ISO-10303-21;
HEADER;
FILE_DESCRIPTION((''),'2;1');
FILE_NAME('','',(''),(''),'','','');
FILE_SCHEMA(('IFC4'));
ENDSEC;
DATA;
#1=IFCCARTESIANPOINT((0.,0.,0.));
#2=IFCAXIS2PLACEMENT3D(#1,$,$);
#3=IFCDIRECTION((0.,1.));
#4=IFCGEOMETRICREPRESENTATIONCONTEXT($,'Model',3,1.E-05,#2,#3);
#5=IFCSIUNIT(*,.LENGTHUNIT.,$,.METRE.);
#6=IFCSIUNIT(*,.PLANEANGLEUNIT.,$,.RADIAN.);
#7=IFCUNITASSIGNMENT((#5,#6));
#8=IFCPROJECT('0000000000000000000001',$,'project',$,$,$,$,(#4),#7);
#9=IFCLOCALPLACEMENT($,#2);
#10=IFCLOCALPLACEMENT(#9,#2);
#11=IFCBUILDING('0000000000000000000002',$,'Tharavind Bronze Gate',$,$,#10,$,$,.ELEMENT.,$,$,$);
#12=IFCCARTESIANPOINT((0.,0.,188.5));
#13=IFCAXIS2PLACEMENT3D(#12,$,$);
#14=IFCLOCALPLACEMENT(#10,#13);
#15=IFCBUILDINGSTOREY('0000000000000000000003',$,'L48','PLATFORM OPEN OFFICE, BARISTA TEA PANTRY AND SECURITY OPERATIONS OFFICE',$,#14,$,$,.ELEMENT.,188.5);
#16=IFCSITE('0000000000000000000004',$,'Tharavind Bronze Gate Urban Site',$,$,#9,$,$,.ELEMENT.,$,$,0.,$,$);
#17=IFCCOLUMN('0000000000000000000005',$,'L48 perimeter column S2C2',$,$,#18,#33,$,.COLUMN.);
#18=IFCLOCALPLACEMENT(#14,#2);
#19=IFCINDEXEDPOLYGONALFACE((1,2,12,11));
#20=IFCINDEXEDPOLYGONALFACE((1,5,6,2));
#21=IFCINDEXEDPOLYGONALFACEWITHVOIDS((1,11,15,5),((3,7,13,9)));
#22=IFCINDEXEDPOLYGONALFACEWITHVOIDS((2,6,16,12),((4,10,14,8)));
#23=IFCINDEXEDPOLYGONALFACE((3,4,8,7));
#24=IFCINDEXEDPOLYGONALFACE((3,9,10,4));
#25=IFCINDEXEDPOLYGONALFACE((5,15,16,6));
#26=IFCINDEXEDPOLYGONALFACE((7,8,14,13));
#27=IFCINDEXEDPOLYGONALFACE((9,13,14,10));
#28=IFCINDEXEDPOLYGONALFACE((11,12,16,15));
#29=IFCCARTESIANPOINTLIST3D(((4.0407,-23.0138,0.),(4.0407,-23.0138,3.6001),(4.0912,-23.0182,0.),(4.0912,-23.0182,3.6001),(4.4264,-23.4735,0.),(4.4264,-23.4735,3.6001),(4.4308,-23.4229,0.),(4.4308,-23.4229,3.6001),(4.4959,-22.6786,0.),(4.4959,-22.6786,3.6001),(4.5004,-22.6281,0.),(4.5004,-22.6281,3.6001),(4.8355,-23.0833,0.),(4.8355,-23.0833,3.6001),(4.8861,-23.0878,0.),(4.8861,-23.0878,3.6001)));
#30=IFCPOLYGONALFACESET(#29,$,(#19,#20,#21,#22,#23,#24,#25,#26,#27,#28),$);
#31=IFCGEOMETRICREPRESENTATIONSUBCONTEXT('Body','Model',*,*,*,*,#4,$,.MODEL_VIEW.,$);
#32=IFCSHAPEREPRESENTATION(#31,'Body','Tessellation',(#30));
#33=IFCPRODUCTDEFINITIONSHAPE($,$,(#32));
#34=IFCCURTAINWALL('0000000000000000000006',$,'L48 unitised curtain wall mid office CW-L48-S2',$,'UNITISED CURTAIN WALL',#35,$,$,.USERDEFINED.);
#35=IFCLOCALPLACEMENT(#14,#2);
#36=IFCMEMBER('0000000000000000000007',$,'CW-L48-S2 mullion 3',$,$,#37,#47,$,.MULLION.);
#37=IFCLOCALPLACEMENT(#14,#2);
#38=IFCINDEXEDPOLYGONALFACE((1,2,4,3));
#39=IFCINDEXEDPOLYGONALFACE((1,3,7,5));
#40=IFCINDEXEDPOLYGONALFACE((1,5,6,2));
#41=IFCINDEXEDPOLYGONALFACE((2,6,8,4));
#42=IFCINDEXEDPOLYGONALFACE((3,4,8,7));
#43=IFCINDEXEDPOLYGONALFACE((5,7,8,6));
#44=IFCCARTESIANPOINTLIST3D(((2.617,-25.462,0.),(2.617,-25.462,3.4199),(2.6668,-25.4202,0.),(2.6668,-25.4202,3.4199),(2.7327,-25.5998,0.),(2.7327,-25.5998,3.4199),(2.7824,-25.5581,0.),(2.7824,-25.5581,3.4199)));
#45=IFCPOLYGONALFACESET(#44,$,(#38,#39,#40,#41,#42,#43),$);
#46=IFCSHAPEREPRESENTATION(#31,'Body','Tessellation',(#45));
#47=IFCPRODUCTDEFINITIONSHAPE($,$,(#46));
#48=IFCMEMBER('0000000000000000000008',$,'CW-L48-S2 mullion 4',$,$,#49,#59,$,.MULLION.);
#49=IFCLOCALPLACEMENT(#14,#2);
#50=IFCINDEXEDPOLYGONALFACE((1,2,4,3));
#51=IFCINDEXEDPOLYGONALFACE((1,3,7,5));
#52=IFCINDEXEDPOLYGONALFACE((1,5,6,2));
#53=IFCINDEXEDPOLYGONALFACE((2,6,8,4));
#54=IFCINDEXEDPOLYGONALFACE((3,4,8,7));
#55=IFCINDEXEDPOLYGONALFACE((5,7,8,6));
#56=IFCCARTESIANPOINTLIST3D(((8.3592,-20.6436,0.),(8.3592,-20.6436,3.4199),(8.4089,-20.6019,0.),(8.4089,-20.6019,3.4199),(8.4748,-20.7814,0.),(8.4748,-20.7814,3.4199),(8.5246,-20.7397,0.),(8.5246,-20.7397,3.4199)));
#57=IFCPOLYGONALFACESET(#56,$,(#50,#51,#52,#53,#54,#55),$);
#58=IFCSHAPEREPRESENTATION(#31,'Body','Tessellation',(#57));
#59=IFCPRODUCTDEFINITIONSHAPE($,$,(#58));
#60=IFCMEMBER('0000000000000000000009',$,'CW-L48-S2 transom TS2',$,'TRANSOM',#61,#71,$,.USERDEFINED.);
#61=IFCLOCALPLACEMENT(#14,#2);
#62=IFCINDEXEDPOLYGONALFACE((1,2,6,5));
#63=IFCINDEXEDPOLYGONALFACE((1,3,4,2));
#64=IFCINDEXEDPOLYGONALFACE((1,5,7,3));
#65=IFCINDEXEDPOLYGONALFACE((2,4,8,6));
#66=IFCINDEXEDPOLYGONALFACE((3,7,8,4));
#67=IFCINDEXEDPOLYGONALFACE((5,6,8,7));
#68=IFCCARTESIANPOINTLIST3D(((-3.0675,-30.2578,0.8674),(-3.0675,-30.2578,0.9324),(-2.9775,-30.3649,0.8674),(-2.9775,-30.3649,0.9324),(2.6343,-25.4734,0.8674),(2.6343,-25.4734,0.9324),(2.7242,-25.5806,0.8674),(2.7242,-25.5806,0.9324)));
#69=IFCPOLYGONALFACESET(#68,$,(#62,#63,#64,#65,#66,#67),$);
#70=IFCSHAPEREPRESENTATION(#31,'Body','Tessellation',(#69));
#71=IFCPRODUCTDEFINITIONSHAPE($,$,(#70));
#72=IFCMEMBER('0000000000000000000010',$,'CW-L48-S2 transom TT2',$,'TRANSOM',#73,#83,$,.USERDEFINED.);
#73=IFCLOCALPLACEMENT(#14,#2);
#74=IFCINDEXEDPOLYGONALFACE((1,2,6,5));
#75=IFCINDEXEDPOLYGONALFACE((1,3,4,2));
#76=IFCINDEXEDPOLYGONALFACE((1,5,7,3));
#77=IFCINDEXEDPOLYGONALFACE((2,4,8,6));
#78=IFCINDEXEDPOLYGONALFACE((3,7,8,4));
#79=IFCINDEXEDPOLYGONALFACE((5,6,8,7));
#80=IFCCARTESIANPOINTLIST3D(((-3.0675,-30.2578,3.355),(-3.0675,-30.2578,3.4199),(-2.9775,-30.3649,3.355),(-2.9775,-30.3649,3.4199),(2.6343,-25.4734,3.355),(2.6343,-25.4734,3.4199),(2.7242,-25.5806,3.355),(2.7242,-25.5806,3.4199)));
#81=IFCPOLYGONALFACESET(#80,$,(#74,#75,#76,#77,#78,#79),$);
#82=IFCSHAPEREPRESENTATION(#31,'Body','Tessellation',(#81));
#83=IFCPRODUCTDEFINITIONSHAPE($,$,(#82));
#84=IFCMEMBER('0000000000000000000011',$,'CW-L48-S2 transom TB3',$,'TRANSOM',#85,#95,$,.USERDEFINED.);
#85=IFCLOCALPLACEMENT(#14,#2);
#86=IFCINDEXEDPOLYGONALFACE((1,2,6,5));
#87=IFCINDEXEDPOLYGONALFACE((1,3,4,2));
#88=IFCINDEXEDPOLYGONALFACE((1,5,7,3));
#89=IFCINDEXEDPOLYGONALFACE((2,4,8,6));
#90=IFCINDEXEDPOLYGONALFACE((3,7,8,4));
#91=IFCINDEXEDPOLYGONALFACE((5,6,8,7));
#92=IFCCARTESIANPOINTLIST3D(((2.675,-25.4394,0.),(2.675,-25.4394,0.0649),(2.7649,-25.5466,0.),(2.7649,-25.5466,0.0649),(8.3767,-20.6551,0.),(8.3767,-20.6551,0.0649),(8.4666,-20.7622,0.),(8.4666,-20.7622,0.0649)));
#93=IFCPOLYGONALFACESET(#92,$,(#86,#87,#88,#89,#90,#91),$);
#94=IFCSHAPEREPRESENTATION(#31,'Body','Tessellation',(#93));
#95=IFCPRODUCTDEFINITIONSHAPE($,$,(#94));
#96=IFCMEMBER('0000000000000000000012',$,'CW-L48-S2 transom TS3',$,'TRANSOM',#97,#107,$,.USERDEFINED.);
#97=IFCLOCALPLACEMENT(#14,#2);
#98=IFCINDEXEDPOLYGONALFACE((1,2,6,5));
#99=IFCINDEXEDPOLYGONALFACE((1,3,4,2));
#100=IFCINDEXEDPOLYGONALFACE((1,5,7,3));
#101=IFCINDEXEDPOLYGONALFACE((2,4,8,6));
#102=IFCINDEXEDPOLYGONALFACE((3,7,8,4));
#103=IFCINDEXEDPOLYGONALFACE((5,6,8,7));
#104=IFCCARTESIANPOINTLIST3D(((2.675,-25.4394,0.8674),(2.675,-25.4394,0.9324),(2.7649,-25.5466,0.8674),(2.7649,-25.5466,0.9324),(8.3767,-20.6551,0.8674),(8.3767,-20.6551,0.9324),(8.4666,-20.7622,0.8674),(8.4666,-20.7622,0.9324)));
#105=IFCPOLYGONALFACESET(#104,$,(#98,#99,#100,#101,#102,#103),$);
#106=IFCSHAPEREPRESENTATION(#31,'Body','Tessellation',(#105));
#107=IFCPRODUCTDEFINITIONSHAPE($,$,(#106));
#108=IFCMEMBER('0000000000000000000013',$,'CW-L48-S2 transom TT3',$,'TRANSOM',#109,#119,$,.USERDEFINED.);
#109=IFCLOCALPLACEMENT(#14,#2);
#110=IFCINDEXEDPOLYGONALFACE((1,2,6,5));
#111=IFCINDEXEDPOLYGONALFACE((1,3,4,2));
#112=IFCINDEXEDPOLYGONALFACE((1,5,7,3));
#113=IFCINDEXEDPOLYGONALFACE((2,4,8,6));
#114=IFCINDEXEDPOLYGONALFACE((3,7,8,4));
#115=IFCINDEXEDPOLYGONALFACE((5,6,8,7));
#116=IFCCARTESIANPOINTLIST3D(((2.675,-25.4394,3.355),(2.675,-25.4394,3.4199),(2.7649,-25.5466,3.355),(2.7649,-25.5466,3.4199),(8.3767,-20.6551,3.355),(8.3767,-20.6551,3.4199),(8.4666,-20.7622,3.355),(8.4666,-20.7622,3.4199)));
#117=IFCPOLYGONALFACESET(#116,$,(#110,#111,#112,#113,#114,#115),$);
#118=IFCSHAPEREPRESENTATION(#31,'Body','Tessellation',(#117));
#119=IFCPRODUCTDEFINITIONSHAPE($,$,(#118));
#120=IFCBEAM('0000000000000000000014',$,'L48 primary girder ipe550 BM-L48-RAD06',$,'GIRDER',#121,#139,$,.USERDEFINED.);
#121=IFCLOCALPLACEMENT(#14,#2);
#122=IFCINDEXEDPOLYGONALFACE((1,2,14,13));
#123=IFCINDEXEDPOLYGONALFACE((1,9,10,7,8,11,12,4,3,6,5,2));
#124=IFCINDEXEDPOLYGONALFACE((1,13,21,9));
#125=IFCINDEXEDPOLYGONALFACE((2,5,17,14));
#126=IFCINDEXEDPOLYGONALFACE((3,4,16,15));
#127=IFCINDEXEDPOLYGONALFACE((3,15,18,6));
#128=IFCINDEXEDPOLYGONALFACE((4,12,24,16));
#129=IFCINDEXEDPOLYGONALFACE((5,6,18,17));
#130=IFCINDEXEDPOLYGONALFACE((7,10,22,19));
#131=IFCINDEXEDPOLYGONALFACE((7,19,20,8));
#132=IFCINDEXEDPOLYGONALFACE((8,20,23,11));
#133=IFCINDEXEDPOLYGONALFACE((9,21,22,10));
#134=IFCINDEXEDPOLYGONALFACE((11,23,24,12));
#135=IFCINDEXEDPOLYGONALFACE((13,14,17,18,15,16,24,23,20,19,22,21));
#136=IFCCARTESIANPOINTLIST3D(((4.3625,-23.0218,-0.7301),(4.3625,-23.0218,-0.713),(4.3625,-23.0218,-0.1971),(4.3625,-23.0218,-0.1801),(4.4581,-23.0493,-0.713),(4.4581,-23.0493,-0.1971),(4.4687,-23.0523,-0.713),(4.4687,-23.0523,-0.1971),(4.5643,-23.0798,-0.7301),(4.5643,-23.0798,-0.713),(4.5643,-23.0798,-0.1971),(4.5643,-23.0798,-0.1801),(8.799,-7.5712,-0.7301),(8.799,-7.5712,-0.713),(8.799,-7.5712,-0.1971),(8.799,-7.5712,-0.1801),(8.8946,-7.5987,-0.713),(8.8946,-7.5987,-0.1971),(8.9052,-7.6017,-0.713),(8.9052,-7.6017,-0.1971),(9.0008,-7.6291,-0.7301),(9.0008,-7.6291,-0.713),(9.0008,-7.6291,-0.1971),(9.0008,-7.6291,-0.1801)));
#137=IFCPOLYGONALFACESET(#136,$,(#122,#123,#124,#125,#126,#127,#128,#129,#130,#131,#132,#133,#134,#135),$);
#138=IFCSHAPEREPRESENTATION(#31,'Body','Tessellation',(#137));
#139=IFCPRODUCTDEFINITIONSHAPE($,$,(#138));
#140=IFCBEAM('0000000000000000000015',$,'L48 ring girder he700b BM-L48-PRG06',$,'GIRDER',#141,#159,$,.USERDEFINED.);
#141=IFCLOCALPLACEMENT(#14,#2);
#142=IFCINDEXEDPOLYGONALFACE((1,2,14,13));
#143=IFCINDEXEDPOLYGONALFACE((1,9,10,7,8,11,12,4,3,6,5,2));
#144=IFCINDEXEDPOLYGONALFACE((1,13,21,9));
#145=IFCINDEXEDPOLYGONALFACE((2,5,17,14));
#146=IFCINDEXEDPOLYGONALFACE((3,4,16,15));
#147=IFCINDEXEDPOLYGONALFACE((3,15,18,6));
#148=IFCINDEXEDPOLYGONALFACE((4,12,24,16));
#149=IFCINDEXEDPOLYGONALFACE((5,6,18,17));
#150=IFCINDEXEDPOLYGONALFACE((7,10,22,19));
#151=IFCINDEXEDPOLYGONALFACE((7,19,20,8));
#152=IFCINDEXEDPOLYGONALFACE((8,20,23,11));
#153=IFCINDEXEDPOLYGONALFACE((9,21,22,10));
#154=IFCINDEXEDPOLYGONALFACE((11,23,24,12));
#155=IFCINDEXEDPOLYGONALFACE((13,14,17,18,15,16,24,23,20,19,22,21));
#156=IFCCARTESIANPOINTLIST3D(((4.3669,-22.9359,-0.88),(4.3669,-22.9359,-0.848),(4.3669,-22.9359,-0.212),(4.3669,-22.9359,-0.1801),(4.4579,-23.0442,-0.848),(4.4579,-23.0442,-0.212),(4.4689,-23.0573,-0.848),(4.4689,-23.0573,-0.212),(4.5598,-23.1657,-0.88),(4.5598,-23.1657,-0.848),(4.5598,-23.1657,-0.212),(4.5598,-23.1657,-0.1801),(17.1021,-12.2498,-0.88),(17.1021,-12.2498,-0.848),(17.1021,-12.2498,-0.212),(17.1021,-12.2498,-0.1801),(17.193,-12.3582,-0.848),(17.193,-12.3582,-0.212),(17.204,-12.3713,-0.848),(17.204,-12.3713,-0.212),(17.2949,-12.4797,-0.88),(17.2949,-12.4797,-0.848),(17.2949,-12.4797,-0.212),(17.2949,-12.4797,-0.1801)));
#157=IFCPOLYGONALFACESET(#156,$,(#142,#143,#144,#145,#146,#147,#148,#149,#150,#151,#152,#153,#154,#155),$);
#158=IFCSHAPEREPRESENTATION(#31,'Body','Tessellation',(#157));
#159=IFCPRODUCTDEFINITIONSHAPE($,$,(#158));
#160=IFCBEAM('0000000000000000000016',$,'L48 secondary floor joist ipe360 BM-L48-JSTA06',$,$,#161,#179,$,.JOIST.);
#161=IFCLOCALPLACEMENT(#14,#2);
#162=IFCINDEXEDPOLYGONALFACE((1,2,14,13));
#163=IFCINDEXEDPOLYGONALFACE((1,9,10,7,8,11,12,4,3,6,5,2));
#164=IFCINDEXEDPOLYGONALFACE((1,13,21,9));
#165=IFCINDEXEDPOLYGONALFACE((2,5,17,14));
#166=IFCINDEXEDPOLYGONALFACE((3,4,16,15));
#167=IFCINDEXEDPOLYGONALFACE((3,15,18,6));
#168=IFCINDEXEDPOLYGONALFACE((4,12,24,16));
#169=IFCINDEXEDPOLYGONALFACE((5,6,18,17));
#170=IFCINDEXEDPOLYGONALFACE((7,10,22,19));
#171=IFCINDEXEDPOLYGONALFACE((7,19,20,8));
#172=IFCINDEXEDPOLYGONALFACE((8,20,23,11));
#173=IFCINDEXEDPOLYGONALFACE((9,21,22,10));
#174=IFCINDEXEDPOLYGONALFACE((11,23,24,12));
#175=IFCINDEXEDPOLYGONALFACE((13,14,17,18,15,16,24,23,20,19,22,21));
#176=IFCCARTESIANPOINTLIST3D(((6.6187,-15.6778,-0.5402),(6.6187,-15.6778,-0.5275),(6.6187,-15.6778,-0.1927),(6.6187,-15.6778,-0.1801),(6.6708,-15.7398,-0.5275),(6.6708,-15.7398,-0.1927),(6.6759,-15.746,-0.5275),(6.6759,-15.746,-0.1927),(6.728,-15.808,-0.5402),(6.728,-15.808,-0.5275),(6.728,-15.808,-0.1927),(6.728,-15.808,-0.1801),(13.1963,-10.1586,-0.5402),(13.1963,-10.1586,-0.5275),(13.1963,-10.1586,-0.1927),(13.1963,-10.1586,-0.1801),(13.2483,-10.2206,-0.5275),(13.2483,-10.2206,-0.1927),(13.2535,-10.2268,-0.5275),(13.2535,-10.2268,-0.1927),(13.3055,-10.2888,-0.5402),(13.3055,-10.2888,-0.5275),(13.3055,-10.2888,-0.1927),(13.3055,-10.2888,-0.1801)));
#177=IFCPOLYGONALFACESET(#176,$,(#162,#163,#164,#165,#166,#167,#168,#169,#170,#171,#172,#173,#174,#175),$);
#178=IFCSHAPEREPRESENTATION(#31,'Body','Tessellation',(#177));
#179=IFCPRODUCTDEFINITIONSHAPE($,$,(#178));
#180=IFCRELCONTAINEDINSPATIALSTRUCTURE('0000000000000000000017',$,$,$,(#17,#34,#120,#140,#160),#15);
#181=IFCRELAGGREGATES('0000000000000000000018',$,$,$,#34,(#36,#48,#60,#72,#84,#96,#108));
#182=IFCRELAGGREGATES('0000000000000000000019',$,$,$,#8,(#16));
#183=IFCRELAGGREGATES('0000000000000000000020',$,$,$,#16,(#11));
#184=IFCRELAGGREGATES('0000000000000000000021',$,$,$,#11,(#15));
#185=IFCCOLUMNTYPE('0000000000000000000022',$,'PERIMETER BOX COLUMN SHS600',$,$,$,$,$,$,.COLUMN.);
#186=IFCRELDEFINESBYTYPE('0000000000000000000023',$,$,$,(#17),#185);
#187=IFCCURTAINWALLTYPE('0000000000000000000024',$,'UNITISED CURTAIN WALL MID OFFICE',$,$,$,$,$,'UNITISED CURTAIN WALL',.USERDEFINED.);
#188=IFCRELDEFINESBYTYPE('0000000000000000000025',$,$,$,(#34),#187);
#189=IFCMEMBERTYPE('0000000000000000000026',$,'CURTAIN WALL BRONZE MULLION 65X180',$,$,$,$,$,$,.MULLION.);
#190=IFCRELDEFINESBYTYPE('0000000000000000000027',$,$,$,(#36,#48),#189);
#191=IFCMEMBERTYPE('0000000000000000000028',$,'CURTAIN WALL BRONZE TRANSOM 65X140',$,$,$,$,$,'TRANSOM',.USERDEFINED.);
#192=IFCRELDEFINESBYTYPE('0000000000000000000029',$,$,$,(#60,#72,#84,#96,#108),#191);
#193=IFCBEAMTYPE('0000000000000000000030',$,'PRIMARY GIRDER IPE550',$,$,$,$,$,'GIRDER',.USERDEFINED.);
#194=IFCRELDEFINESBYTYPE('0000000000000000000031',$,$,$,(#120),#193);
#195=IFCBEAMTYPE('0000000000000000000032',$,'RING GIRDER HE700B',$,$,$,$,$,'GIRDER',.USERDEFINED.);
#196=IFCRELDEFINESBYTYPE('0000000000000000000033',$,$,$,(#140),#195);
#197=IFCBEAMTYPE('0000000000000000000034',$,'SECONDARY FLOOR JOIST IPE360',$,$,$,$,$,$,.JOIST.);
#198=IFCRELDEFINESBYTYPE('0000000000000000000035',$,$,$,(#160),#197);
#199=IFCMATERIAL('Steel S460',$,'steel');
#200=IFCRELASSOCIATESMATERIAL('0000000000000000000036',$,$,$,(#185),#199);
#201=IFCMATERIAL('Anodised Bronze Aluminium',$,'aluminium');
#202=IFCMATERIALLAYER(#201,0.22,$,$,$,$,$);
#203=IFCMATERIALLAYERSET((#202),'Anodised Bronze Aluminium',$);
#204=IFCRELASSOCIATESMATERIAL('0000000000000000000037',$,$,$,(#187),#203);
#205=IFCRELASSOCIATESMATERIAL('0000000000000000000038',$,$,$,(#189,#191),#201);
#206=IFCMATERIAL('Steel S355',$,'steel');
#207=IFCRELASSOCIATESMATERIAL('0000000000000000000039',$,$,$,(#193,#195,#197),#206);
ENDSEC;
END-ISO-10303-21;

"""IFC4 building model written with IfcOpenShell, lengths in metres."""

from ifc_helpers import new_model, si_unit, direction, frame, origin, origin_2d, place, context, subcontext, project, spatial, rectangle, hollow_rectangle, i_section, extrude, material, layer, layer_set, material_profile, profile_set, type_object, element, aggregate, save


model = new_model("IFC4")

# Units and contexts
model_context = context("Model", 3, precision=1e-05, world=origin(), true_north=direction((0.0, 1.0)))
body_context = subcontext(model_context, "Body", "Model", "MODEL_VIEW")
ifc_project = project(units=[si_unit("LENGTHUNIT", "METRE"), si_unit("PLANEANGLEUNIT", "RADIAN")], contexts=[model_context])

# Site, building, storey
site_placement = place(None, origin())
site = spatial("IfcSite", under=ifc_project, at=site_placement, Name="Tharavind Bronze Gate Urban Site", CompositionType="ELEMENT", RefElevation=0.0)
building_placement = place(site_placement, origin())
building = spatial("IfcBuilding", under=site, at=building_placement, Name="Tharavind Bronze Gate", CompositionType="ELEMENT")
storey_placement = place(building_placement, frame((0.0, 0.0, 188.5)))
storey = spatial("IfcBuildingStorey", under=building, at=storey_placement, Name="L48", Description="PLATFORM OPEN OFFICE, BARISTA TEA PANTRY AND SECURITY OPERATIONS OFFICE", CompositionType="ELEMENT", Elevation=188.5)

# Column
ifc_material_1 = material(Name="Steel S460", Category="steel")
ifc_material_profile_1 = material_profile(ifc_material_1, hollow_rectangle(XDim=0.6001, YDim=0.6001, WallThickness=0.0359, at=origin_2d()), Name="SHS600X36")
ifc_profile_set_1 = profile_set([ifc_material_profile_1], Name="Steel S460")
column_type = type_object("IfcColumnType", Name="PERIMETER BOX COLUMN SHS600", PredefinedType="COLUMN", material=ifc_profile_set_1)
column_placement = place(storey_placement, frame((4.4634, -23.0508, 0.0), z_axis=(0.0, 0.0, 1.0), x_axis=(0.766043, 0.642789, 0.0)))
element("IfcColumn", 1, at=column_placement, inside=storey, type_object=column_type, Name="L48 perimeter column S2C2", PredefinedType="COLUMN", context=body_context, shape_type="SweptSolid", body=[
    extrude(hollow_rectangle(XDim=0.6001, YDim=0.6001, WallThickness=0.0359, at=origin_2d()), origin(), (0.0, 0.0, 1.0), 3.6001),
])

# Curtain wall, members
ifc_material_2 = material(Name="Anodised Bronze Aluminium", Category="aluminium")
ifc_layer_1 = layer(ifc_material_2, 0.22)
ifc_layer_set_1 = layer_set([ifc_layer_1], Name="Anodised Bronze Aluminium")
curtain_wall_type = type_object("IfcCurtainWallType", Name="UNITISED CURTAIN WALL MID OFFICE", ElementType="UNITISED CURTAIN WALL", PredefinedType="USERDEFINED", material=ifc_layer_set_1)
curtain_wall_placement = place(storey_placement, origin())
curtain_wall = element("IfcCurtainWall", 2, at=curtain_wall_placement, inside=storey, type_object=curtain_wall_type, Name="L48 unitised curtain wall mid office CW-L48-S2", ObjectType="UNITISED CURTAIN WALL", PredefinedType="USERDEFINED")
member_type_1 = type_object("IfcMemberType", Name="CURTAIN WALL BRONZE MULLION 65X180", PredefinedType="MULLION", material=ifc_material_2)
member_1_placement = place(storey_placement, frame((2.6997, -25.51, 0.0), z_axis=(0.0, 0.0, 1.0), x_axis=(0.766043, 0.642789, 0.0)))
member_1 = element("IfcMember", 3, at=member_1_placement, type_object=member_type_1, Name="CW-L48-S2 mullion 3", PredefinedType="MULLION", context=body_context, shape_type="SweptSolid", body=[
    extrude(rectangle(XDim=0.0649, YDim=0.1799, at=origin_2d()), origin(), (0.0, 0.0, 1.0), 3.4199),
])
member_2_placement = place(storey_placement, frame((8.4419, -20.6917, 0.0), z_axis=(0.0, 0.0, 1.0), x_axis=(0.766043, 0.642789, 0.0)))
member_2 = element("IfcMember", 4, at=member_2_placement, type_object=member_type_1, Name="CW-L48-S2 mullion 4", PredefinedType="MULLION", context=body_context, shape_type="SweptSolid", body=[
    extrude(rectangle(XDim=0.0649, YDim=0.1799, at=origin_2d()), origin(), (0.0, 0.0, 1.0), 3.4199),
])
member_type_2 = type_object("IfcMemberType", Name="CURTAIN WALL BRONZE TRANSOM 65X140", ElementType="TRANSOM", PredefinedType="USERDEFINED", material=ifc_material_2)
member_3_placement = place(storey_placement, frame((-0.1716, -27.9192, 0.8674), z_axis=(0.0, 0.0, 1.0), x_axis=(0.766043, 0.642789, 0.0)))
member_3 = element("IfcMember", 5, at=member_3_placement, type_object=member_type_2, Name="CW-L48-S2 transom TS2", ObjectType="TRANSOM", PredefinedType="USERDEFINED", context=body_context, shape_type="SweptSolid", body=[
    extrude(rectangle(XDim=7.4431, YDim=0.1399, at=origin_2d()), origin(), (0.0, 0.0, 1.0), 0.0649),
])
member_4_placement = place(storey_placement, frame((-0.1716, -27.9192, 3.355), z_axis=(0.0, 0.0, 1.0), x_axis=(0.766043, 0.642789, 0.0)))
member_4 = element("IfcMember", 6, at=member_4_placement, type_object=member_type_2, Name="CW-L48-S2 transom TT2", ObjectType="TRANSOM", PredefinedType="USERDEFINED", context=body_context, shape_type="SweptSolid", body=[
    extrude(rectangle(XDim=7.4431, YDim=0.1399, at=origin_2d()), origin(), (0.0, 0.0, 1.0), 0.0649),
])
member_5_placement = place(storey_placement, frame((5.5708, -23.1008, 0.0), z_axis=(0.0, 0.0, 1.0), x_axis=(0.766043, 0.642789, 0.0)))
member_5 = element("IfcMember", 7, at=member_5_placement, type_object=member_type_2, Name="CW-L48-S2 transom TB3", ObjectType="TRANSOM", PredefinedType="USERDEFINED", context=body_context, shape_type="SweptSolid", body=[
    extrude(rectangle(XDim=7.4431, YDim=0.1399, at=origin_2d()), origin(), (0.0, 0.0, 1.0), 0.0649),
])
member_6_placement = place(storey_placement, frame((5.5708, -23.1008, 0.8674), z_axis=(0.0, 0.0, 1.0), x_axis=(0.766043, 0.642789, 0.0)))
member_6 = element("IfcMember", 8, at=member_6_placement, type_object=member_type_2, Name="CW-L48-S2 transom TS3", ObjectType="TRANSOM", PredefinedType="USERDEFINED", context=body_context, shape_type="SweptSolid", body=[
    extrude(rectangle(XDim=7.4431, YDim=0.1399, at=origin_2d()), origin(), (0.0, 0.0, 1.0), 0.0649),
])
member_7_placement = place(storey_placement, frame((5.5708, -23.1008, 3.355), z_axis=(0.0, 0.0, 1.0), x_axis=(0.766043, 0.642789, 0.0)))
member_7 = element("IfcMember", 9, at=member_7_placement, type_object=member_type_2, Name="CW-L48-S2 transom TT3", ObjectType="TRANSOM", PredefinedType="USERDEFINED", context=body_context, shape_type="SweptSolid", body=[
    extrude(rectangle(XDim=7.4431, YDim=0.1399, at=origin_2d()), origin(), (0.0, 0.0, 1.0), 0.0649),
])

# Beams
ifc_material_3 = material(Name="Steel S355", Category="steel")
ifc_material_profile_2 = material_profile(ifc_material_3, i_section(OverallWidth=0.21, OverallDepth=0.55, WebThickness=0.011, FlangeThickness=0.0171, at=origin_2d()), Name="IPE550")
ifc_profile_set_2 = profile_set([ifc_material_profile_2], Name="Steel S355")
beam_type_1 = type_object("IfcBeamType", Name="PRIMARY GIRDER IPE550", ElementType="GIRDER", PredefinedType="USERDEFINED", material=ifc_profile_set_2)
beam_1_placement = place(storey_placement, frame((4.4634, -23.0508, -0.4551), z_axis=(0.275989, 0.961161, 0.0), x_axis=(-0.961161, 0.275989, 0.0)))
element("IfcBeam", 10, at=beam_1_placement, inside=storey, type_object=beam_type_1, Name="L48 primary girder ipe550 BM-L48-RAD06", ObjectType="GIRDER", PredefinedType="USERDEFINED", context=body_context, shape_type="SweptSolid", body=[
    extrude(i_section(OverallWidth=0.21, OverallDepth=0.55, WebThickness=0.011, FlangeThickness=0.0171, at=origin_2d()), origin(), (0.0, 0.0, 1.0), 16.075),
])
ifc_material_profile_3 = material_profile(ifc_material_3, i_section(OverallWidth=0.3, OverallDepth=0.7, WebThickness=0.0171, FlangeThickness=0.032, at=origin_2d()), Name="HE700B")
ifc_profile_set_3 = profile_set([ifc_material_profile_3], Name="Steel S355")
beam_type_2 = type_object("IfcBeamType", Name="RING GIRDER HE700B", ElementType="GIRDER", PredefinedType="USERDEFINED", material=ifc_profile_set_3)
beam_2_placement = place(storey_placement, frame((4.4634, -23.0508, -0.53), z_axis=(0.766044, 0.642788, 0.0), x_axis=(-0.642788, 0.766044, 0.0)))
element("IfcBeam", 11, at=beam_2_placement, inside=storey, type_object=beam_type_2, Name="L48 ring girder he700b BM-L48-PRG06", ObjectType="GIRDER", PredefinedType="USERDEFINED", context=body_context, shape_type="SweptSolid", body=[
    extrude(i_section(OverallWidth=0.3, OverallDepth=0.7, WebThickness=0.0171, FlangeThickness=0.032, at=origin_2d()), origin(), (0.0, 0.0, 1.0), 16.6245),
])
ifc_material_profile_4 = material_profile(ifc_material_3, i_section(OverallWidth=0.1699, OverallDepth=0.3601, WebThickness=0.0081, FlangeThickness=0.0127, at=origin_2d()), Name="IPE360")
ifc_profile_set_4 = profile_set([ifc_material_profile_4], Name="Steel S355")
beam_type_3 = type_object("IfcBeamType", Name="SECONDARY FLOOR JOIST IPE360", PredefinedType="JOIST", material=ifc_profile_set_4)
beam_3_placement = place(storey_placement, frame((6.6733, -15.7429, -0.3601), z_axis=(0.766045, 0.642787, 0.0), x_axis=(-0.642787, 0.766045, 0.0)))
element("IfcBeam", 12, at=beam_3_placement, inside=storey, type_object=beam_type_3, Name="L48 secondary floor joist ipe360 BM-L48-JSTA06", PredefinedType="JOIST", context=body_context, shape_type="SweptSolid", body=[
    extrude(i_section(OverallWidth=0.1699, OverallDepth=0.3601, WebThickness=0.0081, FlangeThickness=0.0127, at=origin_2d()), origin(), (0.0, 0.0, 1.0), 8.5864),
])

aggregate(curtain_wall, [member_1, member_2, member_3, member_4, member_5, member_6, member_7])

save(model, "model.ifc")
